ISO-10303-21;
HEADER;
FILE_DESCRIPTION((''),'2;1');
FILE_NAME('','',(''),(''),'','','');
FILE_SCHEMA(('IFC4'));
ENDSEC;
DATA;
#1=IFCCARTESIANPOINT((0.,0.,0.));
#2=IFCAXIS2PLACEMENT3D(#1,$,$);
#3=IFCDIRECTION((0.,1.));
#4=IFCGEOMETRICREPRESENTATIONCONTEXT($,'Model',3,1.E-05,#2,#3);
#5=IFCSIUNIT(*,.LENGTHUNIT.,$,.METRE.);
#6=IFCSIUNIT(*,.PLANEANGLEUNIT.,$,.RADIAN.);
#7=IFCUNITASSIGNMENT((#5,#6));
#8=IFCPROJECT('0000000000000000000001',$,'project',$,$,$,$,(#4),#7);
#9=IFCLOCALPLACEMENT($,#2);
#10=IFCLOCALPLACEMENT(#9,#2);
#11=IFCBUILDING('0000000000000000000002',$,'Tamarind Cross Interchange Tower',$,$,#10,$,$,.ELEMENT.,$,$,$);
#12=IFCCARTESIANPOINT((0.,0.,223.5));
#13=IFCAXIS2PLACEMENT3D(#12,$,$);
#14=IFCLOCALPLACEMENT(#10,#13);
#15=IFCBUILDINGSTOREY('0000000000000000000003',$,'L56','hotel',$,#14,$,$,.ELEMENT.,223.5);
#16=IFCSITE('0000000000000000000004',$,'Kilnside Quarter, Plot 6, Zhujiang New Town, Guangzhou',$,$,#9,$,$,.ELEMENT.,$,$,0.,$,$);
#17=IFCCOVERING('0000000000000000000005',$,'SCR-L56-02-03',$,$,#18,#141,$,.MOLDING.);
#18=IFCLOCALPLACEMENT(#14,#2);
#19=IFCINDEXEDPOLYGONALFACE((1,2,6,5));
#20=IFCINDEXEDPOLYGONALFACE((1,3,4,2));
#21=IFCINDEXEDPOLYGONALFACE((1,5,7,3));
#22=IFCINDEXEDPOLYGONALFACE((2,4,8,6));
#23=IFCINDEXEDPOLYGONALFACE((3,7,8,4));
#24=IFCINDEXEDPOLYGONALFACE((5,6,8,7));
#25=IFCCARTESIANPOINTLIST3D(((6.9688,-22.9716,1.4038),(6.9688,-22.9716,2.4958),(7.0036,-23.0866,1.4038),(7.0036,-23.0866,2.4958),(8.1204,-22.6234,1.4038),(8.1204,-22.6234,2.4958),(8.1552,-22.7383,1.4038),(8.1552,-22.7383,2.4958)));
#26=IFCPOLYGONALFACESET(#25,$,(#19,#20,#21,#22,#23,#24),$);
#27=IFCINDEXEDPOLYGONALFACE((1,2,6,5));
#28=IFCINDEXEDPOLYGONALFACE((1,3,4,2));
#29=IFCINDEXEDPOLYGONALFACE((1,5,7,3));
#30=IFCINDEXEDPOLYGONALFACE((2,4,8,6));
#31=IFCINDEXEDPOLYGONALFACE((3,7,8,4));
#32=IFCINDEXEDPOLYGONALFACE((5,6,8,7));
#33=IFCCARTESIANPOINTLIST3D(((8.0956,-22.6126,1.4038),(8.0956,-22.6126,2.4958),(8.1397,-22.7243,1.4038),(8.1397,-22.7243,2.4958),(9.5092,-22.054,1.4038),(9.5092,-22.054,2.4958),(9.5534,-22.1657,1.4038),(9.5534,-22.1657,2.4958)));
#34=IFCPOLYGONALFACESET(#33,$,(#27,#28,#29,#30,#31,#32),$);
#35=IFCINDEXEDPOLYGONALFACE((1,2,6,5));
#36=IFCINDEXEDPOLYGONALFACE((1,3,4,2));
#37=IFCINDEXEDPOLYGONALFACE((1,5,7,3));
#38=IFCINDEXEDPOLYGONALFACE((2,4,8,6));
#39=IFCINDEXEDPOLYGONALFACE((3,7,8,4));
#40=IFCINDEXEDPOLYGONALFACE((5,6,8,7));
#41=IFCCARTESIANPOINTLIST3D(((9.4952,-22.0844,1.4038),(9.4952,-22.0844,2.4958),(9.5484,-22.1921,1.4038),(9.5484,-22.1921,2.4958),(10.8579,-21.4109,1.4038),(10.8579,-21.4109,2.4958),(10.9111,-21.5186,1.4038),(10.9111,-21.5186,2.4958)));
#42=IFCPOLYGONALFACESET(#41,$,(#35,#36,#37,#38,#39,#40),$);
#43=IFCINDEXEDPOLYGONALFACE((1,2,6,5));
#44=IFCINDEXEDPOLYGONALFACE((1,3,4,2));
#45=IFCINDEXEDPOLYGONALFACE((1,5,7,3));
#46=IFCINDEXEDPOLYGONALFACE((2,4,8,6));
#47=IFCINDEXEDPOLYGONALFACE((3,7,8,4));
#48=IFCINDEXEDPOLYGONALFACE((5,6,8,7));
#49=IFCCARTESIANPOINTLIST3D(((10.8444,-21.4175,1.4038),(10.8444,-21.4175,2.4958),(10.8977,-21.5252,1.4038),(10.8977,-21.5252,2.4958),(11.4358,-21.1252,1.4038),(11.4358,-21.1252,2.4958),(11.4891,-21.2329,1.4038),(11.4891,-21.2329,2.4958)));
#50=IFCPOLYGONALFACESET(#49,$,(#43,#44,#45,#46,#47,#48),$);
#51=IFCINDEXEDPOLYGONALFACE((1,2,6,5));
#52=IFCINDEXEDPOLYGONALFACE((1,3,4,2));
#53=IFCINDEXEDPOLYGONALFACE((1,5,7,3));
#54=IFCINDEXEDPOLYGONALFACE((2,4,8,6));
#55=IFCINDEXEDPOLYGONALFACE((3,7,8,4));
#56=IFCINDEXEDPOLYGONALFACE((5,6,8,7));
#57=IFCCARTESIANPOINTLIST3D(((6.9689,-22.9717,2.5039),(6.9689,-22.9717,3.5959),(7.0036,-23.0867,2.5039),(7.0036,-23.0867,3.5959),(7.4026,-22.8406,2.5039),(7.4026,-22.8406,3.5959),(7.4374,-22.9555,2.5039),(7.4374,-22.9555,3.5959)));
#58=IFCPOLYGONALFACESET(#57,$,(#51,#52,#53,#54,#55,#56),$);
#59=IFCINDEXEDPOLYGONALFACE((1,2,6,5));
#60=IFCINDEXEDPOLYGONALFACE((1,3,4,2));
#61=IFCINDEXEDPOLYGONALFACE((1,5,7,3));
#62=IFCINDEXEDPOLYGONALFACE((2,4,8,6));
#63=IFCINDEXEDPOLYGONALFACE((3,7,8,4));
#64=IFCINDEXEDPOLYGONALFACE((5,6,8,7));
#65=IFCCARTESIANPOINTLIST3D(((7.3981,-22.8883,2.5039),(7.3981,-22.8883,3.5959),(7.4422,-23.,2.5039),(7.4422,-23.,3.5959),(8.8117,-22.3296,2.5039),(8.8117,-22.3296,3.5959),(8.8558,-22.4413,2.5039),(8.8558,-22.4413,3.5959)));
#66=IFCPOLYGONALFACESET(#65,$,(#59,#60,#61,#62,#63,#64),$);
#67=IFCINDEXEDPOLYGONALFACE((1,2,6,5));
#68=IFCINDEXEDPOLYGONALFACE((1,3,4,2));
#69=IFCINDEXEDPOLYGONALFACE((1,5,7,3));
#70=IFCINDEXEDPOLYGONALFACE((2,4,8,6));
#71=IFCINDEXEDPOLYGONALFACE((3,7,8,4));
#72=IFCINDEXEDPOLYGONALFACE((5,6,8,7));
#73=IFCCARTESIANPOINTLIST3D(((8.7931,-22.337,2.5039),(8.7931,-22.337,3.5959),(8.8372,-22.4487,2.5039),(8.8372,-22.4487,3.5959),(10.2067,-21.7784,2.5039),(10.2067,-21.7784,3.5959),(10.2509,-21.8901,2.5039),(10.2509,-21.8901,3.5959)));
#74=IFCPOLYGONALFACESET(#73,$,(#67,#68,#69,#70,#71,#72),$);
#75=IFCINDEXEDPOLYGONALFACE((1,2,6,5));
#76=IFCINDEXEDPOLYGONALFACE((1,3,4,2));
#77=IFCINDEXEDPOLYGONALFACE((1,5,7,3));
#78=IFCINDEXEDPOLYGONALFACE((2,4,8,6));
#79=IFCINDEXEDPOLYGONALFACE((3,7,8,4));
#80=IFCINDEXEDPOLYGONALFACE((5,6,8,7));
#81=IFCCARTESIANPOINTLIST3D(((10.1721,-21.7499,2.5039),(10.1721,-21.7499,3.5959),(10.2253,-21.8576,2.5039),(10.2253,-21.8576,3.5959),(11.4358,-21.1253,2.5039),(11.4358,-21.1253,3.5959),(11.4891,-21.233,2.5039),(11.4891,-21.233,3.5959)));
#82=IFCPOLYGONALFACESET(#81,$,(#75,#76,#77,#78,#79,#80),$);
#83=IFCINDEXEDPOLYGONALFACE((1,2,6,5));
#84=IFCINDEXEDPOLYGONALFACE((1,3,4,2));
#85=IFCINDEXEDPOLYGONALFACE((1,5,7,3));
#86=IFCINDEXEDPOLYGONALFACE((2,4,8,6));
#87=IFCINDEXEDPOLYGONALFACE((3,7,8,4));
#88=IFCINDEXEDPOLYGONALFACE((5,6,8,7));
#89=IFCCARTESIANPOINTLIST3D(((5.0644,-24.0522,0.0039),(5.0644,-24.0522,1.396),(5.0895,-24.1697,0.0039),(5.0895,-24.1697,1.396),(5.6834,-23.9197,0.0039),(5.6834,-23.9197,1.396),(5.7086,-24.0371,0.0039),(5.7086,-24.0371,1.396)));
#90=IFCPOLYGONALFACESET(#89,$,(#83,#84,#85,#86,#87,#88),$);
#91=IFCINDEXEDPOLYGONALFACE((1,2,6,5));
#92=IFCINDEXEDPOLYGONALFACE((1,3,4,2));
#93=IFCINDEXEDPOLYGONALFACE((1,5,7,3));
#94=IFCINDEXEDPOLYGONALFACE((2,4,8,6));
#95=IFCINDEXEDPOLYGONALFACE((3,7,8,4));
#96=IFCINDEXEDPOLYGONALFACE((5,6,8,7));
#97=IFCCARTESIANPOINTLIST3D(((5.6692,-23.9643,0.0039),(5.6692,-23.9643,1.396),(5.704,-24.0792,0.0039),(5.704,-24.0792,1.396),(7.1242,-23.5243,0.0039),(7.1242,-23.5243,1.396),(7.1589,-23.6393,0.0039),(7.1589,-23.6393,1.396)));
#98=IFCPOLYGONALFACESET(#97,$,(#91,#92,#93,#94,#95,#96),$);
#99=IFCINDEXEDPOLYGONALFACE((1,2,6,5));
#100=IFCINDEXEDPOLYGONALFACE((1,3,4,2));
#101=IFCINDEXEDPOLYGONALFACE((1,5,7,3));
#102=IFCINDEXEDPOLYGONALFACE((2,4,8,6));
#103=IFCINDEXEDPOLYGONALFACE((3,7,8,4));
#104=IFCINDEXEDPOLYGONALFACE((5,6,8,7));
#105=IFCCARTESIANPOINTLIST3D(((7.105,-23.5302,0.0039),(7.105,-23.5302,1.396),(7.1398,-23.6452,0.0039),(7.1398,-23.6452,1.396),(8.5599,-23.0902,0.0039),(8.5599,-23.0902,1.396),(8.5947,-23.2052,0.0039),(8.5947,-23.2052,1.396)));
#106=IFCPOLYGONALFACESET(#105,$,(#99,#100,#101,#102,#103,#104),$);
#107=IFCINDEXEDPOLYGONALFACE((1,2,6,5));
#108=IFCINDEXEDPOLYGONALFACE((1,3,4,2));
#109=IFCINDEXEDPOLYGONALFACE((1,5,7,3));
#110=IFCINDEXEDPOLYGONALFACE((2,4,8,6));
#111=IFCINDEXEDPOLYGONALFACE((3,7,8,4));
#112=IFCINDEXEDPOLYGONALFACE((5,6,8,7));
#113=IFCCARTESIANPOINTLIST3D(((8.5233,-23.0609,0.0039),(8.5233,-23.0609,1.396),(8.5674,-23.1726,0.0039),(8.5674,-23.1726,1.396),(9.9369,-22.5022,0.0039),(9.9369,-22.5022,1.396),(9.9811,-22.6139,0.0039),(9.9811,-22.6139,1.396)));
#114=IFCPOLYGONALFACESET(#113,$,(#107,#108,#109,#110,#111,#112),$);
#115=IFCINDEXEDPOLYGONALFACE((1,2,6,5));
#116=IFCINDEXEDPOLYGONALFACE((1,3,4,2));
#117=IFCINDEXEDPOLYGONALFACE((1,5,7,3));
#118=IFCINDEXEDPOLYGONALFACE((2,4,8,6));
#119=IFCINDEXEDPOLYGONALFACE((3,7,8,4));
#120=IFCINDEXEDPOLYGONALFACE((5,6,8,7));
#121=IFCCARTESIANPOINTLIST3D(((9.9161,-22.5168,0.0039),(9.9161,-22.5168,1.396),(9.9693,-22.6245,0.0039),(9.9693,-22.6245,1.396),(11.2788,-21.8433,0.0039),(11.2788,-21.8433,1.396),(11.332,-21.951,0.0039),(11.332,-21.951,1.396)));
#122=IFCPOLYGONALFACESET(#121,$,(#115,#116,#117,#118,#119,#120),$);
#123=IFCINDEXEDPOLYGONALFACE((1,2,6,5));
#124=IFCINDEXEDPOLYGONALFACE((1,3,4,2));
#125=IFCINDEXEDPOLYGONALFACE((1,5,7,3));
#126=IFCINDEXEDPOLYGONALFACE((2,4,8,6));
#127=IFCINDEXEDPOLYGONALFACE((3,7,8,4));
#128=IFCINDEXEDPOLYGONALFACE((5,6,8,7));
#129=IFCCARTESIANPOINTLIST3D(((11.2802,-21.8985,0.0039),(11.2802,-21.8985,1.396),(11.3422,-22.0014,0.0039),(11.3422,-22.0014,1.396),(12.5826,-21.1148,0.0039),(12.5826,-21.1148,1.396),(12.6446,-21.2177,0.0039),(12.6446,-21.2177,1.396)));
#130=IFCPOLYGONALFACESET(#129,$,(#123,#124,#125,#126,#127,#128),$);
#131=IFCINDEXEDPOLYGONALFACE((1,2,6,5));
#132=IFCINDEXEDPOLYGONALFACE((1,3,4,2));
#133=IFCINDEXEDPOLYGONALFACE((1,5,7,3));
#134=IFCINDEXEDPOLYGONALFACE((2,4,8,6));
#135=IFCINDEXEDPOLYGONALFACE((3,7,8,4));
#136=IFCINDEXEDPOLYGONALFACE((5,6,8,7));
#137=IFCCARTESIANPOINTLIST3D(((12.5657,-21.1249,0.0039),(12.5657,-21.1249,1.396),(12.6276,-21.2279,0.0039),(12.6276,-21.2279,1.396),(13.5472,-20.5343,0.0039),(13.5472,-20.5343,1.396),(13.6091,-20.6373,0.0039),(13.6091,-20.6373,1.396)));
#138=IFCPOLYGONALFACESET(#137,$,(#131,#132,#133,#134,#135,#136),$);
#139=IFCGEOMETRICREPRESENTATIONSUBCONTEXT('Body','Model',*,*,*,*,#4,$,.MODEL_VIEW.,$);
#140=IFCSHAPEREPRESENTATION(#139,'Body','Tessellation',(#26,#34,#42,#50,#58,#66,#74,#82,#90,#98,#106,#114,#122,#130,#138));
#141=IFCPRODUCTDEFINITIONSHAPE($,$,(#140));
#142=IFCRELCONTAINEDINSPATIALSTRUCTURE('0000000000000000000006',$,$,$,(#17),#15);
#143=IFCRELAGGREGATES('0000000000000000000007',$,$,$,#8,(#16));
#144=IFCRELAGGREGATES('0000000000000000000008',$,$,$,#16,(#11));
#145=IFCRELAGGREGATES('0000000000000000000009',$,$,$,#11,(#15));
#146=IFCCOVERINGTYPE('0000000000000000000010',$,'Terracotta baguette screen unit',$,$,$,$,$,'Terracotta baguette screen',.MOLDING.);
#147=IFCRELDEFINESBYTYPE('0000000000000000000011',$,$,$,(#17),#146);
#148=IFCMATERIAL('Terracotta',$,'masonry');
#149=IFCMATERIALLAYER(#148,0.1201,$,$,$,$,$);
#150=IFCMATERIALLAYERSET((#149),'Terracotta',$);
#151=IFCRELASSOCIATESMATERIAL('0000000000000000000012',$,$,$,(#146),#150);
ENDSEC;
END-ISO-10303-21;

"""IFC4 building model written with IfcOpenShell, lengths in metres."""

from ifc_helpers import new_model, si_unit, direction, frame, origin, origin_2d, place, context, subcontext, project, spatial, rectangle, extrude, material, layer, layer_set, type_object, element, save


model = new_model("IFC4")

# Units and contexts
model_context = context("Model", 3, precision=1e-05, world=origin(), true_north=direction((0.0, 1.0)))
body_context = subcontext(model_context, "Body", "Model", "MODEL_VIEW")
ifc_project = project(units=[si_unit("LENGTHUNIT", "METRE"), si_unit("PLANEANGLEUNIT", "RADIAN")], contexts=[model_context])

# Site, building, storey
site_placement = place(None, origin())
site = spatial("IfcSite", under=ifc_project, at=site_placement, Name="Kilnside Quarter, Plot 6, Zhujiang New Town, Guangzhou", CompositionType="ELEMENT", RefElevation=0.0)
building_placement = place(site_placement, origin())
building = spatial("IfcBuilding", under=site, at=building_placement, Name="Tamarind Cross Interchange Tower", CompositionType="ELEMENT")
storey_placement = place(building_placement, frame((0.0, 0.0, 223.5)))
storey = spatial("IfcBuildingStorey", under=building, at=storey_placement, Name="L56", Description="hotel", CompositionType="ELEMENT", Elevation=223.5)

# Covering
ifc_material_1 = material(Name="Terracotta", Category="masonry")
ifc_layer_1 = layer(ifc_material_1, 0.1201)
ifc_layer_set_1 = layer_set([ifc_layer_1], Name="Terracotta")
covering_type = type_object("IfcCoveringType", Name="Terracotta baguette screen unit", ElementType="Terracotta baguette screen", PredefinedType="MOLDING", material=ifc_layer_set_1)
covering_1_placement = place(storey_placement, origin())
element("IfcCovering", 1, at=covering_1_placement, inside=storey, type_object=covering_type, Name="SCR-L56-02-03", PredefinedType="MOLDING", context=body_context, shape_type="SweptSolid", body=[
    extrude(rectangle(XDim=1.2031, YDim=0.1201, at=origin_2d()), frame((7.562, -22.855, 1.4038), z_axis=(0.0, 0.0, 1.0), x_axis=(0.957191, 0.289458, 0.0)), (0.0, 0.0, 1.0), 1.092),
    extrude(rectangle(XDim=1.52, YDim=0.1201, at=origin_2d()), frame((8.8245, -22.3892, 1.4038), z_axis=(0.0, 0.0, 1.0), x_axis=(0.930018, 0.367514, 0.0)), (0.0, 0.0, 1.0), 1.092),
    extrude(rectangle(XDim=1.52, YDim=0.1201, at=origin_2d()), frame((10.2031, -21.8015, 1.4038), z_axis=(0.0, 0.0, 1.0), x_axis=(0.896493, 0.443059, 0.0)), (0.0, 0.0, 1.0), 1.092),
    extrude(rectangle(XDim=0.6597, YDim=0.1201, at=origin_2d()), frame((11.1667, -21.3252, 1.4038), z_axis=(0.0, 0.0, 1.0), x_axis=(0.896493, 0.443059, 0.0)), (0.0, 0.0, 1.0), 1.092),
    extrude(rectangle(XDim=0.4531, YDim=0.1201, at=origin_2d()), frame((7.2031, -22.9636, 2.5039), z_axis=(0.0, 0.0, 1.0), x_axis=(0.957191, 0.289458, 0.0)), (0.0, 0.0, 1.0), 1.092),
    extrude(rectangle(XDim=1.52, YDim=0.1201, at=origin_2d()), frame((8.127, -22.6648, 2.5039), z_axis=(0.0, 0.0, 1.0), x_axis=(0.930018, 0.367514, 0.0)), (0.0, 0.0, 1.0), 1.092),
    extrude(rectangle(XDim=1.52, YDim=0.1201, at=origin_2d()), frame((9.522, -22.1135, 2.5039), z_axis=(0.0, 0.0, 1.0), x_axis=(0.930018, 0.367514, 0.0)), (0.0, 0.0, 1.0), 1.092),
    extrude(rectangle(XDim=1.4097, YDim=0.1201, at=origin_2d()), frame((10.8306, -21.4915, 2.5039), z_axis=(0.0, 0.0, 1.0), x_axis=(0.896493, 0.443059, 0.0)), (0.0, 0.0, 1.0), 1.092),
    extrude(rectangle(XDim=0.6331, YDim=0.1201, at=origin_2d()), frame((5.3865, -24.0447, 0.0039), z_axis=(0.0, 0.0, 1.0), x_axis=(0.977825, 0.209425, 0.0)), (0.0, 0.0, 1.0), 1.3921),
    extrude(rectangle(XDim=1.52, YDim=0.1201, at=origin_2d()), frame((6.4141, -23.8018, 0.0039), z_axis=(0.0, 0.0, 1.0), x_axis=(0.957191, 0.289458, 0.0)), (0.0, 0.0, 1.0), 1.3921),
    extrude(rectangle(XDim=1.52, YDim=0.1201, at=origin_2d()), frame((7.8499, -23.3677, 0.0039), z_axis=(0.0, 0.0, 1.0), x_axis=(0.957191, 0.289458, 0.0)), (0.0, 0.0, 1.0), 1.3921),
    extrude(rectangle(XDim=1.52, YDim=0.1201, at=origin_2d()), frame((9.2522, -22.8374, 0.0039), z_axis=(0.0, 0.0, 1.0), x_axis=(0.930018, 0.367514, 0.0)), (0.0, 0.0, 1.0), 1.3921),
    extrude(rectangle(XDim=1.52, YDim=0.1201, at=origin_2d()), frame((10.624, -22.2339, 0.0039), z_axis=(0.0, 0.0, 1.0), x_axis=(0.896493, 0.443059, 0.0)), (0.0, 0.0, 1.0), 1.3921),
    extrude(rectangle(XDim=1.52, YDim=0.1201, at=origin_2d()), frame((11.9624, -21.5581, 0.0039), z_axis=(0.0, 0.0, 1.0), x_axis=(0.856843, 0.515577, 0.0)), (0.0, 0.0, 1.0), 1.3921),
    extrude(rectangle(XDim=1.1455, YDim=0.1201, at=origin_2d()), frame((13.0874, -20.8811, 0.0039), z_axis=(0.0, 0.0, 1.0), x_axis=(0.856843, 0.515577, 0.0)), (0.0, 0.0, 1.0), 1.3921),
])

save(model, "model.ifc")
